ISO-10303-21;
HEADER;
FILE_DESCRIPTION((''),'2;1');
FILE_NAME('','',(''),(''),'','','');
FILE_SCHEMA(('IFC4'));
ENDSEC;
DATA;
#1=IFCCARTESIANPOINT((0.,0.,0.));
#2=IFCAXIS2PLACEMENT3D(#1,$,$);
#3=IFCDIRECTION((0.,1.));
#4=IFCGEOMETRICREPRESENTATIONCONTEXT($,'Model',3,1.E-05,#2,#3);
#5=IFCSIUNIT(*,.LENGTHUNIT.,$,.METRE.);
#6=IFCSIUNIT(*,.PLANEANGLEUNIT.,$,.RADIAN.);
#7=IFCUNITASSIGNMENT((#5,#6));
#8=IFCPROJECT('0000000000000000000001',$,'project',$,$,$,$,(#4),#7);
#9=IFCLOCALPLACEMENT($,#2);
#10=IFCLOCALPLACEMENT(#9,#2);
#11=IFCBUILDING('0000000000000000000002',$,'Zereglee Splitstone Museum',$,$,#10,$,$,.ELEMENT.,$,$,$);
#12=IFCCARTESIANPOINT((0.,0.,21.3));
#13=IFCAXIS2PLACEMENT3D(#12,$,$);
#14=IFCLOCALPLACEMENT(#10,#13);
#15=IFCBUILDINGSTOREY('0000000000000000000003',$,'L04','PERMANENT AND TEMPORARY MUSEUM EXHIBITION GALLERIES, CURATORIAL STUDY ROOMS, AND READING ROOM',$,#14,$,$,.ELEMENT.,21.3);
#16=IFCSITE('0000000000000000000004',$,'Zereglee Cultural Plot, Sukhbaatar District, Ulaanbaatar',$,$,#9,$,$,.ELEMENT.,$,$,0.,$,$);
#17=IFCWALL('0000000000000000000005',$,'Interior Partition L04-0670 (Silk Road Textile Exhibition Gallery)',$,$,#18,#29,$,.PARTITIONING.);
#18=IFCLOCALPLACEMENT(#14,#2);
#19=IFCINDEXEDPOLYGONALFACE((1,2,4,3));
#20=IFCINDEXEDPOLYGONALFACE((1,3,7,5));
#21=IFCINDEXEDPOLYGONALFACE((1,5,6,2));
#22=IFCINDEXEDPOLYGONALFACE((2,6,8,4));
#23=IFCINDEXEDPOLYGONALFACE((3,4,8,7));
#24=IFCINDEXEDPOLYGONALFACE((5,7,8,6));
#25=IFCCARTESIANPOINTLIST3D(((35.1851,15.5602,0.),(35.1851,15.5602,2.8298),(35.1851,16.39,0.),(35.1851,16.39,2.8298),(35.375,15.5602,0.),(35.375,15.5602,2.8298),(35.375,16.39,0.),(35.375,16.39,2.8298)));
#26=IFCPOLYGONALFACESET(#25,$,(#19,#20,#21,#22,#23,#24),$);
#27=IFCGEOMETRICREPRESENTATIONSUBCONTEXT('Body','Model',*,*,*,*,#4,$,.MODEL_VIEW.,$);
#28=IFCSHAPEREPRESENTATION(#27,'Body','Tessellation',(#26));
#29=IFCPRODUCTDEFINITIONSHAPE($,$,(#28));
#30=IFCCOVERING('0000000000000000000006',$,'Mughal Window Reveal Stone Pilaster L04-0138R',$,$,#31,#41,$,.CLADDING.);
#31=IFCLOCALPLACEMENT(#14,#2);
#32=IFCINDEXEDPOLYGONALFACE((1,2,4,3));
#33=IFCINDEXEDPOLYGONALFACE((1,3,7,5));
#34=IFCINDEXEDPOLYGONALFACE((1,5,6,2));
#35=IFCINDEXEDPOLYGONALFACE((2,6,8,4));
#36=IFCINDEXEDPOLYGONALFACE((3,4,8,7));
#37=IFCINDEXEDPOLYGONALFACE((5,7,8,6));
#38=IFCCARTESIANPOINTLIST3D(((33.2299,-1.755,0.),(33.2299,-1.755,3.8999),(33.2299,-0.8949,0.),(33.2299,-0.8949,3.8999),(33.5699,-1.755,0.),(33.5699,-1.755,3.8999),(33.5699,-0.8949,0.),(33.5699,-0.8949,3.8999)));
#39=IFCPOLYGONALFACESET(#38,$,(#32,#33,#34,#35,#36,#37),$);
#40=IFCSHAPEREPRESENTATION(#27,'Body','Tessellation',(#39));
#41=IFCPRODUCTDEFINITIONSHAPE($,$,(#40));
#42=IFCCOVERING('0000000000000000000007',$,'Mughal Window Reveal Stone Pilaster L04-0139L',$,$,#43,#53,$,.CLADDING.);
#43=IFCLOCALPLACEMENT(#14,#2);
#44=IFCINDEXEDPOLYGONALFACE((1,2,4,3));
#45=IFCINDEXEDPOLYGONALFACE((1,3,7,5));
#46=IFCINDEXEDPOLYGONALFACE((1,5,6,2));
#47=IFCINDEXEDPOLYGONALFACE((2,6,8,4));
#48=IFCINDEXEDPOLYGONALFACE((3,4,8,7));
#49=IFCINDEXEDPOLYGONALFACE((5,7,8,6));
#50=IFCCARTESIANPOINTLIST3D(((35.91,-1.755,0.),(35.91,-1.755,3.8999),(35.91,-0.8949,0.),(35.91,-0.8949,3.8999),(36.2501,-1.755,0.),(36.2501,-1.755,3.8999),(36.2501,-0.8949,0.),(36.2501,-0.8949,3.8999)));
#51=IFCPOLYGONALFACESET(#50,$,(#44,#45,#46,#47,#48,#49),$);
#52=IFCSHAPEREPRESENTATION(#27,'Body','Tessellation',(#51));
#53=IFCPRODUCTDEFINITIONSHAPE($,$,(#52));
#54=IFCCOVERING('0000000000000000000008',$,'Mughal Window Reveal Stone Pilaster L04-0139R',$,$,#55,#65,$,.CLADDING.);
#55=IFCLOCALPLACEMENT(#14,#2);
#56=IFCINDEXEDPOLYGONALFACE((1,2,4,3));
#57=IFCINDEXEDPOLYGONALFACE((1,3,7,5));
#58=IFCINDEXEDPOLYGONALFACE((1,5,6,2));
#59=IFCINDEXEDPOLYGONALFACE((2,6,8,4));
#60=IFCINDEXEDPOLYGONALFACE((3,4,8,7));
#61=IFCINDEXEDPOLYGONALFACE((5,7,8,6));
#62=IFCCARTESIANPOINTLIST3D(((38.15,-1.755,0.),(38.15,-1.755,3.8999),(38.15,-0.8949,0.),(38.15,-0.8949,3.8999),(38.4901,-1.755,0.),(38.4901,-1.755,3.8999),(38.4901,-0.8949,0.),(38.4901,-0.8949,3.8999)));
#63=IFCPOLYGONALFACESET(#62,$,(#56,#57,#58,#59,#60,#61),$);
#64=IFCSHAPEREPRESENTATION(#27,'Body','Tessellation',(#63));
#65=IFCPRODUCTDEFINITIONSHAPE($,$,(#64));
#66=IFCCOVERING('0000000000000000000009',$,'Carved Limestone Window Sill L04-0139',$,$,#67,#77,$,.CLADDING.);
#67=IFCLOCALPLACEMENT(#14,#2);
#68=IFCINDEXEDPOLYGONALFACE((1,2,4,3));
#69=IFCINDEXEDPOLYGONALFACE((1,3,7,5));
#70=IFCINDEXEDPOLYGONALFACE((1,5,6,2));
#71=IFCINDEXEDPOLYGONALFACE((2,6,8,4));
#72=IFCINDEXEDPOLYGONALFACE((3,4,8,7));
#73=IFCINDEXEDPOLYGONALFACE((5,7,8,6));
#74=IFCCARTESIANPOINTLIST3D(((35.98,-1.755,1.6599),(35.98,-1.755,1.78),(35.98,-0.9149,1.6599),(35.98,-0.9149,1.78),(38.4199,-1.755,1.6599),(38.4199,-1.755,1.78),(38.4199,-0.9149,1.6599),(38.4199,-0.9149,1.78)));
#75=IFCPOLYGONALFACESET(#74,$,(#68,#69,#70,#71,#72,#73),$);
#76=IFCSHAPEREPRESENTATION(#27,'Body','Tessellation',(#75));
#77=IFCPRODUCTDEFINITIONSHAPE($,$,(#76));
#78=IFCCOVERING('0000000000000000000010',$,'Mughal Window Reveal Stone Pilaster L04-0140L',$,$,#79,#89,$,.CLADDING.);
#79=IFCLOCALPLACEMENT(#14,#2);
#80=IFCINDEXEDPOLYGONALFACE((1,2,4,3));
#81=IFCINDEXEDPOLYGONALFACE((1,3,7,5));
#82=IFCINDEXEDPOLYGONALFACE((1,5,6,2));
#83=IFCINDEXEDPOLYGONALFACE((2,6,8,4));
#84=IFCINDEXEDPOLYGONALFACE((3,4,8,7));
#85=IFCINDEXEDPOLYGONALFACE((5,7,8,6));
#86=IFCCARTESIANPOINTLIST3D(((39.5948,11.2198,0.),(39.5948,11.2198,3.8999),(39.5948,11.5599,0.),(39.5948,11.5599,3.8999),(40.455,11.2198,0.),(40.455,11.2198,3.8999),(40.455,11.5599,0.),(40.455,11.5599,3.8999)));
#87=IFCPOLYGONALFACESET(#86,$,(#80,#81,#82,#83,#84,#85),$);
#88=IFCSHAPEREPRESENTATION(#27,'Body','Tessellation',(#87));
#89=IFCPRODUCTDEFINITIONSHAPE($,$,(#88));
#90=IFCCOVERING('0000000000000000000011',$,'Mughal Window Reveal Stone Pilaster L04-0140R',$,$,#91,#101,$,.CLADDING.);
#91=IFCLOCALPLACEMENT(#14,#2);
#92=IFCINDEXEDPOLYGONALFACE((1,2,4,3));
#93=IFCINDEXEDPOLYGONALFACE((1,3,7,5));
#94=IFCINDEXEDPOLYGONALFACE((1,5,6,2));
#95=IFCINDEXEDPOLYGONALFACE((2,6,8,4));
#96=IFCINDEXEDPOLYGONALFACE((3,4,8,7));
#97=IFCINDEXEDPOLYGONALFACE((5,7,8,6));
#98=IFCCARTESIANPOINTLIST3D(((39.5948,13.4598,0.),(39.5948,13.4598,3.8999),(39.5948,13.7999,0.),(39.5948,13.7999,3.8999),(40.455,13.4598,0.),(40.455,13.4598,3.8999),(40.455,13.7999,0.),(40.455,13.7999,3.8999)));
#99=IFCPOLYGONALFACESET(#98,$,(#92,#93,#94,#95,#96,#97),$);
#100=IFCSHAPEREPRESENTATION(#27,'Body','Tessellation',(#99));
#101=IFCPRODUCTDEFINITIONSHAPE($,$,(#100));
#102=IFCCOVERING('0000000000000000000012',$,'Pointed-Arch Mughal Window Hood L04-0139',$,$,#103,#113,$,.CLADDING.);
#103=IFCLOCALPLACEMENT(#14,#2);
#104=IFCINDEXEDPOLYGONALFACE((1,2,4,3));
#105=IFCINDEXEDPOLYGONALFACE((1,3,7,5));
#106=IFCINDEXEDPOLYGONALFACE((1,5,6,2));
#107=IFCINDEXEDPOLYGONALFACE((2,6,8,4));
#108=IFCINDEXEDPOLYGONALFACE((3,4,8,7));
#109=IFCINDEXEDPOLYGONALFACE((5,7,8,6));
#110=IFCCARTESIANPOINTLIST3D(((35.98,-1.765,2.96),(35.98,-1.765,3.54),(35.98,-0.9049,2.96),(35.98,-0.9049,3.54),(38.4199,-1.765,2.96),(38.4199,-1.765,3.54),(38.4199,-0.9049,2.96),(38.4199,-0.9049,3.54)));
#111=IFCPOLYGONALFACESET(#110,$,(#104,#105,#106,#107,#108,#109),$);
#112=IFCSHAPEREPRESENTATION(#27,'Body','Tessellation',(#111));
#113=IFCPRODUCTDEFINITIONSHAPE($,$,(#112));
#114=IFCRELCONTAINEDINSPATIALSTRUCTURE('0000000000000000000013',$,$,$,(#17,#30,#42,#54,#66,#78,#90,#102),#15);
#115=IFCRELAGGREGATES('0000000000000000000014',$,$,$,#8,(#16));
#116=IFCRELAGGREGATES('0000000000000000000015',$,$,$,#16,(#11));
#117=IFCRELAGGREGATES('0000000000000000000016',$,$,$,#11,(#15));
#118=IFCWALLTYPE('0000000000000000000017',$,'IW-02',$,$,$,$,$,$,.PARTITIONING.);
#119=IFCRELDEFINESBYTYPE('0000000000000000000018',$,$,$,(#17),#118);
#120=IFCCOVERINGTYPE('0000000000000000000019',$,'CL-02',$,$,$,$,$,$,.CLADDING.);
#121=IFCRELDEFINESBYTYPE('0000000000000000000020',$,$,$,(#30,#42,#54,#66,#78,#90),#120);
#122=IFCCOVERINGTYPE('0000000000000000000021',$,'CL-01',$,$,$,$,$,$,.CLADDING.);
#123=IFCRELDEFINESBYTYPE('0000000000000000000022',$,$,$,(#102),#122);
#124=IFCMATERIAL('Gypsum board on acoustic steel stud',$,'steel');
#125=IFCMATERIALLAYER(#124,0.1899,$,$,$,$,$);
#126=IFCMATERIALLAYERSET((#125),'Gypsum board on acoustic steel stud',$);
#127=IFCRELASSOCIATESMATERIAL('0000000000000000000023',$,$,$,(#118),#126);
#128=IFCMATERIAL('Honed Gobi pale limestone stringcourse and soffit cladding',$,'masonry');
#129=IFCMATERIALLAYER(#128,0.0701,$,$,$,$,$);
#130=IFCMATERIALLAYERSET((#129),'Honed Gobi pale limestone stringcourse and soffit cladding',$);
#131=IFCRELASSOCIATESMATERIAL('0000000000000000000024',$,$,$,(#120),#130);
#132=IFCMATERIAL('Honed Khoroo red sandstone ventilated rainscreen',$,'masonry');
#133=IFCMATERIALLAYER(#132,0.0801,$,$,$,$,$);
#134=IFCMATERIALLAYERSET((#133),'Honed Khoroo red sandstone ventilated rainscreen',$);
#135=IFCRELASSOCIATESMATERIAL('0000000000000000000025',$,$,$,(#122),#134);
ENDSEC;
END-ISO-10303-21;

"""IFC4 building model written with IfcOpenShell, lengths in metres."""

from ifc_helpers import new_model, si_unit, direction, frame, frame_2d, origin, origin_2d, place, context, subcontext, project, spatial, rectangle, extrude, material, layer, layer_set, type_object, element, save


model = new_model("IFC4")

# Units and contexts
model_context = context("Model", 3, precision=1e-05, world=origin(), true_north=direction((0.0, 1.0)))
body_context = subcontext(model_context, "Body", "Model", "MODEL_VIEW")
ifc_project = project(units=[si_unit("LENGTHUNIT", "METRE"), si_unit("PLANEANGLEUNIT", "RADIAN")], contexts=[model_context])

# Site, building, storey
site_placement = place(None, origin())
site = spatial("IfcSite", under=ifc_project, at=site_placement, Name="Zereglee Cultural Plot, Sukhbaatar District, Ulaanbaatar", CompositionType="ELEMENT", RefElevation=0.0)
building_placement = place(site_placement, origin())
building = spatial("IfcBuilding", under=site, at=building_placement, Name="Zereglee Splitstone Museum", CompositionType="ELEMENT")
storey_placement = place(building_placement, frame((0.0, 0.0, 21.3)))
storey = spatial("IfcBuildingStorey", under=building, at=storey_placement, Name="L04", Description="PERMANENT AND TEMPORARY MUSEUM EXHIBITION GALLERIES, CURATORIAL STUDY ROOMS, AND READING ROOM", CompositionType="ELEMENT", Elevation=21.3)

# Wall
ifc_material_1 = material(Name="Gypsum board on acoustic steel stud", Category="steel")
ifc_layer_1 = layer(ifc_material_1, 0.1899)
ifc_layer_set_1 = layer_set([ifc_layer_1], Name="Gypsum board on acoustic steel stud")
wall_type_1 = type_object("IfcWallType", Name="IW-02", PredefinedType="PARTITIONING", material=ifc_layer_set_1)
wall_1_placement = place(storey_placement, frame((35.28, 15.5601, 0.0), z_axis=(0.0, 0.0, 1.0), x_axis=(0.0, 1.0, 0.0)))
element("IfcWall", 1, at=wall_1_placement, inside=storey, type_object=wall_type_1, Name="Interior Partition L04-0670 (Silk Road Textile Exhibition Gallery)", PredefinedType="PARTITIONING", context=body_context, shape_type="SweptSolid", body=[
    extrude(rectangle(XDim=0.8298, YDim=0.1899, at=frame_2d((0.415, 0.0))), origin(), (0.0, 0.0, 1.0), 2.8298),
])

# Coverings
ifc_material_2 = material(Name="Honed Gobi pale limestone stringcourse and soffit cladding", Category="masonry")
ifc_layer_2 = layer(ifc_material_2, 0.0701)
ifc_layer_set_2 = layer_set([ifc_layer_2], Name="Honed Gobi pale limestone stringcourse and soffit cladding")
covering_type_1 = type_object("IfcCoveringType", Name="CL-02", PredefinedType="CLADDING", material=ifc_layer_set_2)
for number, where, z_axis, x_axis, name in (
    (2, (33.3999, -1.325, 0.0), (0.0, 0.0, 1.0), (1.0, 0.0, 0.0), "Mughal Window Reveal Stone Pilaster L04-0138R"),
    (3, (36.0801, -1.325, 0.0), (0.0, 0.0, 1.0), (1.0, 0.0, 0.0), "Mughal Window Reveal Stone Pilaster L04-0139L"),
    (4, (38.3201, -1.325, 0.0), (0.0, 0.0, 1.0), (1.0, 0.0, 0.0), "Mughal Window Reveal Stone Pilaster L04-0139R"),
):
    element("IfcCovering", number, at=place(storey_placement, frame(where, z_axis=z_axis, x_axis=x_axis)), inside=storey, type_object=covering_type_1, Name=name, PredefinedType="CLADDING", context=body_context, shape_type="SweptSolid", body=[
        extrude(rectangle(XDim=0.3401, YDim=0.8601, at=origin_2d()), origin(), (0.0, 0.0, 1.0), 3.8999),
    ])
covering_1_placement = place(storey_placement, frame((37.2, -1.335, 1.6599), z_axis=(0.0, 0.0, 1.0), x_axis=(1.0, 0.0, 0.0)))
element("IfcCovering", 5, at=covering_1_placement, inside=storey, type_object=covering_type_1, Name="Carved Limestone Window Sill L04-0139", PredefinedType="CLADDING", context=body_context, shape_type="SweptSolid", body=[
    extrude(rectangle(XDim=2.4399, YDim=0.8401, at=origin_2d()), origin(), (0.0, 0.0, 1.0), 0.1201),
])
for number, where, z_axis, x_axis, name in (
    (6, (40.0249, 11.3899, 0.0), (0.0, 0.0, 1.0), (0.0, 1.0, 0.0), "Mughal Window Reveal Stone Pilaster L04-0140L"),
    (7, (40.0249, 13.6299, 0.0), (0.0, 0.0, 1.0), (0.0, 1.0, 0.0), "Mughal Window Reveal Stone Pilaster L04-0140R"),
):
    element("IfcCovering", number, at=place(storey_placement, frame(where, z_axis=z_axis, x_axis=x_axis)), inside=storey, type_object=covering_type_1, Name=name, PredefinedType="CLADDING", context=body_context, shape_type="SweptSolid", body=[
        extrude(rectangle(XDim=0.3401, YDim=0.8601, at=origin_2d()), origin(), (0.0, 0.0, 1.0), 3.8999),
    ])
ifc_material_3 = material(Name="Honed Khoroo red sandstone ventilated rainscreen", Category="masonry")
ifc_layer_3 = layer(ifc_material_3, 0.0801)
ifc_layer_set_3 = layer_set([ifc_layer_3], Name="Honed Khoroo red sandstone ventilated rainscreen")
covering_type_2 = type_object("IfcCoveringType", Name="CL-01", PredefinedType="CLADDING", material=ifc_layer_set_3)
covering_2_placement = place(storey_placement, frame((37.2, -1.335, 2.96), z_axis=(0.0, 0.0, 1.0), x_axis=(1.0, 0.0, 0.0)))
element("IfcCovering", 8, at=covering_2_placement, inside=storey, type_object=covering_type_2, Name="Pointed-Arch Mughal Window Hood L04-0139", PredefinedType="CLADDING", context=body_context, shape_type="SweptSolid", body=[
    extrude(rectangle(XDim=2.4399, YDim=0.8601, at=origin_2d()), origin(), (0.0, 0.0, 1.0), 0.5801),
])

save(model, "model.ifc")
